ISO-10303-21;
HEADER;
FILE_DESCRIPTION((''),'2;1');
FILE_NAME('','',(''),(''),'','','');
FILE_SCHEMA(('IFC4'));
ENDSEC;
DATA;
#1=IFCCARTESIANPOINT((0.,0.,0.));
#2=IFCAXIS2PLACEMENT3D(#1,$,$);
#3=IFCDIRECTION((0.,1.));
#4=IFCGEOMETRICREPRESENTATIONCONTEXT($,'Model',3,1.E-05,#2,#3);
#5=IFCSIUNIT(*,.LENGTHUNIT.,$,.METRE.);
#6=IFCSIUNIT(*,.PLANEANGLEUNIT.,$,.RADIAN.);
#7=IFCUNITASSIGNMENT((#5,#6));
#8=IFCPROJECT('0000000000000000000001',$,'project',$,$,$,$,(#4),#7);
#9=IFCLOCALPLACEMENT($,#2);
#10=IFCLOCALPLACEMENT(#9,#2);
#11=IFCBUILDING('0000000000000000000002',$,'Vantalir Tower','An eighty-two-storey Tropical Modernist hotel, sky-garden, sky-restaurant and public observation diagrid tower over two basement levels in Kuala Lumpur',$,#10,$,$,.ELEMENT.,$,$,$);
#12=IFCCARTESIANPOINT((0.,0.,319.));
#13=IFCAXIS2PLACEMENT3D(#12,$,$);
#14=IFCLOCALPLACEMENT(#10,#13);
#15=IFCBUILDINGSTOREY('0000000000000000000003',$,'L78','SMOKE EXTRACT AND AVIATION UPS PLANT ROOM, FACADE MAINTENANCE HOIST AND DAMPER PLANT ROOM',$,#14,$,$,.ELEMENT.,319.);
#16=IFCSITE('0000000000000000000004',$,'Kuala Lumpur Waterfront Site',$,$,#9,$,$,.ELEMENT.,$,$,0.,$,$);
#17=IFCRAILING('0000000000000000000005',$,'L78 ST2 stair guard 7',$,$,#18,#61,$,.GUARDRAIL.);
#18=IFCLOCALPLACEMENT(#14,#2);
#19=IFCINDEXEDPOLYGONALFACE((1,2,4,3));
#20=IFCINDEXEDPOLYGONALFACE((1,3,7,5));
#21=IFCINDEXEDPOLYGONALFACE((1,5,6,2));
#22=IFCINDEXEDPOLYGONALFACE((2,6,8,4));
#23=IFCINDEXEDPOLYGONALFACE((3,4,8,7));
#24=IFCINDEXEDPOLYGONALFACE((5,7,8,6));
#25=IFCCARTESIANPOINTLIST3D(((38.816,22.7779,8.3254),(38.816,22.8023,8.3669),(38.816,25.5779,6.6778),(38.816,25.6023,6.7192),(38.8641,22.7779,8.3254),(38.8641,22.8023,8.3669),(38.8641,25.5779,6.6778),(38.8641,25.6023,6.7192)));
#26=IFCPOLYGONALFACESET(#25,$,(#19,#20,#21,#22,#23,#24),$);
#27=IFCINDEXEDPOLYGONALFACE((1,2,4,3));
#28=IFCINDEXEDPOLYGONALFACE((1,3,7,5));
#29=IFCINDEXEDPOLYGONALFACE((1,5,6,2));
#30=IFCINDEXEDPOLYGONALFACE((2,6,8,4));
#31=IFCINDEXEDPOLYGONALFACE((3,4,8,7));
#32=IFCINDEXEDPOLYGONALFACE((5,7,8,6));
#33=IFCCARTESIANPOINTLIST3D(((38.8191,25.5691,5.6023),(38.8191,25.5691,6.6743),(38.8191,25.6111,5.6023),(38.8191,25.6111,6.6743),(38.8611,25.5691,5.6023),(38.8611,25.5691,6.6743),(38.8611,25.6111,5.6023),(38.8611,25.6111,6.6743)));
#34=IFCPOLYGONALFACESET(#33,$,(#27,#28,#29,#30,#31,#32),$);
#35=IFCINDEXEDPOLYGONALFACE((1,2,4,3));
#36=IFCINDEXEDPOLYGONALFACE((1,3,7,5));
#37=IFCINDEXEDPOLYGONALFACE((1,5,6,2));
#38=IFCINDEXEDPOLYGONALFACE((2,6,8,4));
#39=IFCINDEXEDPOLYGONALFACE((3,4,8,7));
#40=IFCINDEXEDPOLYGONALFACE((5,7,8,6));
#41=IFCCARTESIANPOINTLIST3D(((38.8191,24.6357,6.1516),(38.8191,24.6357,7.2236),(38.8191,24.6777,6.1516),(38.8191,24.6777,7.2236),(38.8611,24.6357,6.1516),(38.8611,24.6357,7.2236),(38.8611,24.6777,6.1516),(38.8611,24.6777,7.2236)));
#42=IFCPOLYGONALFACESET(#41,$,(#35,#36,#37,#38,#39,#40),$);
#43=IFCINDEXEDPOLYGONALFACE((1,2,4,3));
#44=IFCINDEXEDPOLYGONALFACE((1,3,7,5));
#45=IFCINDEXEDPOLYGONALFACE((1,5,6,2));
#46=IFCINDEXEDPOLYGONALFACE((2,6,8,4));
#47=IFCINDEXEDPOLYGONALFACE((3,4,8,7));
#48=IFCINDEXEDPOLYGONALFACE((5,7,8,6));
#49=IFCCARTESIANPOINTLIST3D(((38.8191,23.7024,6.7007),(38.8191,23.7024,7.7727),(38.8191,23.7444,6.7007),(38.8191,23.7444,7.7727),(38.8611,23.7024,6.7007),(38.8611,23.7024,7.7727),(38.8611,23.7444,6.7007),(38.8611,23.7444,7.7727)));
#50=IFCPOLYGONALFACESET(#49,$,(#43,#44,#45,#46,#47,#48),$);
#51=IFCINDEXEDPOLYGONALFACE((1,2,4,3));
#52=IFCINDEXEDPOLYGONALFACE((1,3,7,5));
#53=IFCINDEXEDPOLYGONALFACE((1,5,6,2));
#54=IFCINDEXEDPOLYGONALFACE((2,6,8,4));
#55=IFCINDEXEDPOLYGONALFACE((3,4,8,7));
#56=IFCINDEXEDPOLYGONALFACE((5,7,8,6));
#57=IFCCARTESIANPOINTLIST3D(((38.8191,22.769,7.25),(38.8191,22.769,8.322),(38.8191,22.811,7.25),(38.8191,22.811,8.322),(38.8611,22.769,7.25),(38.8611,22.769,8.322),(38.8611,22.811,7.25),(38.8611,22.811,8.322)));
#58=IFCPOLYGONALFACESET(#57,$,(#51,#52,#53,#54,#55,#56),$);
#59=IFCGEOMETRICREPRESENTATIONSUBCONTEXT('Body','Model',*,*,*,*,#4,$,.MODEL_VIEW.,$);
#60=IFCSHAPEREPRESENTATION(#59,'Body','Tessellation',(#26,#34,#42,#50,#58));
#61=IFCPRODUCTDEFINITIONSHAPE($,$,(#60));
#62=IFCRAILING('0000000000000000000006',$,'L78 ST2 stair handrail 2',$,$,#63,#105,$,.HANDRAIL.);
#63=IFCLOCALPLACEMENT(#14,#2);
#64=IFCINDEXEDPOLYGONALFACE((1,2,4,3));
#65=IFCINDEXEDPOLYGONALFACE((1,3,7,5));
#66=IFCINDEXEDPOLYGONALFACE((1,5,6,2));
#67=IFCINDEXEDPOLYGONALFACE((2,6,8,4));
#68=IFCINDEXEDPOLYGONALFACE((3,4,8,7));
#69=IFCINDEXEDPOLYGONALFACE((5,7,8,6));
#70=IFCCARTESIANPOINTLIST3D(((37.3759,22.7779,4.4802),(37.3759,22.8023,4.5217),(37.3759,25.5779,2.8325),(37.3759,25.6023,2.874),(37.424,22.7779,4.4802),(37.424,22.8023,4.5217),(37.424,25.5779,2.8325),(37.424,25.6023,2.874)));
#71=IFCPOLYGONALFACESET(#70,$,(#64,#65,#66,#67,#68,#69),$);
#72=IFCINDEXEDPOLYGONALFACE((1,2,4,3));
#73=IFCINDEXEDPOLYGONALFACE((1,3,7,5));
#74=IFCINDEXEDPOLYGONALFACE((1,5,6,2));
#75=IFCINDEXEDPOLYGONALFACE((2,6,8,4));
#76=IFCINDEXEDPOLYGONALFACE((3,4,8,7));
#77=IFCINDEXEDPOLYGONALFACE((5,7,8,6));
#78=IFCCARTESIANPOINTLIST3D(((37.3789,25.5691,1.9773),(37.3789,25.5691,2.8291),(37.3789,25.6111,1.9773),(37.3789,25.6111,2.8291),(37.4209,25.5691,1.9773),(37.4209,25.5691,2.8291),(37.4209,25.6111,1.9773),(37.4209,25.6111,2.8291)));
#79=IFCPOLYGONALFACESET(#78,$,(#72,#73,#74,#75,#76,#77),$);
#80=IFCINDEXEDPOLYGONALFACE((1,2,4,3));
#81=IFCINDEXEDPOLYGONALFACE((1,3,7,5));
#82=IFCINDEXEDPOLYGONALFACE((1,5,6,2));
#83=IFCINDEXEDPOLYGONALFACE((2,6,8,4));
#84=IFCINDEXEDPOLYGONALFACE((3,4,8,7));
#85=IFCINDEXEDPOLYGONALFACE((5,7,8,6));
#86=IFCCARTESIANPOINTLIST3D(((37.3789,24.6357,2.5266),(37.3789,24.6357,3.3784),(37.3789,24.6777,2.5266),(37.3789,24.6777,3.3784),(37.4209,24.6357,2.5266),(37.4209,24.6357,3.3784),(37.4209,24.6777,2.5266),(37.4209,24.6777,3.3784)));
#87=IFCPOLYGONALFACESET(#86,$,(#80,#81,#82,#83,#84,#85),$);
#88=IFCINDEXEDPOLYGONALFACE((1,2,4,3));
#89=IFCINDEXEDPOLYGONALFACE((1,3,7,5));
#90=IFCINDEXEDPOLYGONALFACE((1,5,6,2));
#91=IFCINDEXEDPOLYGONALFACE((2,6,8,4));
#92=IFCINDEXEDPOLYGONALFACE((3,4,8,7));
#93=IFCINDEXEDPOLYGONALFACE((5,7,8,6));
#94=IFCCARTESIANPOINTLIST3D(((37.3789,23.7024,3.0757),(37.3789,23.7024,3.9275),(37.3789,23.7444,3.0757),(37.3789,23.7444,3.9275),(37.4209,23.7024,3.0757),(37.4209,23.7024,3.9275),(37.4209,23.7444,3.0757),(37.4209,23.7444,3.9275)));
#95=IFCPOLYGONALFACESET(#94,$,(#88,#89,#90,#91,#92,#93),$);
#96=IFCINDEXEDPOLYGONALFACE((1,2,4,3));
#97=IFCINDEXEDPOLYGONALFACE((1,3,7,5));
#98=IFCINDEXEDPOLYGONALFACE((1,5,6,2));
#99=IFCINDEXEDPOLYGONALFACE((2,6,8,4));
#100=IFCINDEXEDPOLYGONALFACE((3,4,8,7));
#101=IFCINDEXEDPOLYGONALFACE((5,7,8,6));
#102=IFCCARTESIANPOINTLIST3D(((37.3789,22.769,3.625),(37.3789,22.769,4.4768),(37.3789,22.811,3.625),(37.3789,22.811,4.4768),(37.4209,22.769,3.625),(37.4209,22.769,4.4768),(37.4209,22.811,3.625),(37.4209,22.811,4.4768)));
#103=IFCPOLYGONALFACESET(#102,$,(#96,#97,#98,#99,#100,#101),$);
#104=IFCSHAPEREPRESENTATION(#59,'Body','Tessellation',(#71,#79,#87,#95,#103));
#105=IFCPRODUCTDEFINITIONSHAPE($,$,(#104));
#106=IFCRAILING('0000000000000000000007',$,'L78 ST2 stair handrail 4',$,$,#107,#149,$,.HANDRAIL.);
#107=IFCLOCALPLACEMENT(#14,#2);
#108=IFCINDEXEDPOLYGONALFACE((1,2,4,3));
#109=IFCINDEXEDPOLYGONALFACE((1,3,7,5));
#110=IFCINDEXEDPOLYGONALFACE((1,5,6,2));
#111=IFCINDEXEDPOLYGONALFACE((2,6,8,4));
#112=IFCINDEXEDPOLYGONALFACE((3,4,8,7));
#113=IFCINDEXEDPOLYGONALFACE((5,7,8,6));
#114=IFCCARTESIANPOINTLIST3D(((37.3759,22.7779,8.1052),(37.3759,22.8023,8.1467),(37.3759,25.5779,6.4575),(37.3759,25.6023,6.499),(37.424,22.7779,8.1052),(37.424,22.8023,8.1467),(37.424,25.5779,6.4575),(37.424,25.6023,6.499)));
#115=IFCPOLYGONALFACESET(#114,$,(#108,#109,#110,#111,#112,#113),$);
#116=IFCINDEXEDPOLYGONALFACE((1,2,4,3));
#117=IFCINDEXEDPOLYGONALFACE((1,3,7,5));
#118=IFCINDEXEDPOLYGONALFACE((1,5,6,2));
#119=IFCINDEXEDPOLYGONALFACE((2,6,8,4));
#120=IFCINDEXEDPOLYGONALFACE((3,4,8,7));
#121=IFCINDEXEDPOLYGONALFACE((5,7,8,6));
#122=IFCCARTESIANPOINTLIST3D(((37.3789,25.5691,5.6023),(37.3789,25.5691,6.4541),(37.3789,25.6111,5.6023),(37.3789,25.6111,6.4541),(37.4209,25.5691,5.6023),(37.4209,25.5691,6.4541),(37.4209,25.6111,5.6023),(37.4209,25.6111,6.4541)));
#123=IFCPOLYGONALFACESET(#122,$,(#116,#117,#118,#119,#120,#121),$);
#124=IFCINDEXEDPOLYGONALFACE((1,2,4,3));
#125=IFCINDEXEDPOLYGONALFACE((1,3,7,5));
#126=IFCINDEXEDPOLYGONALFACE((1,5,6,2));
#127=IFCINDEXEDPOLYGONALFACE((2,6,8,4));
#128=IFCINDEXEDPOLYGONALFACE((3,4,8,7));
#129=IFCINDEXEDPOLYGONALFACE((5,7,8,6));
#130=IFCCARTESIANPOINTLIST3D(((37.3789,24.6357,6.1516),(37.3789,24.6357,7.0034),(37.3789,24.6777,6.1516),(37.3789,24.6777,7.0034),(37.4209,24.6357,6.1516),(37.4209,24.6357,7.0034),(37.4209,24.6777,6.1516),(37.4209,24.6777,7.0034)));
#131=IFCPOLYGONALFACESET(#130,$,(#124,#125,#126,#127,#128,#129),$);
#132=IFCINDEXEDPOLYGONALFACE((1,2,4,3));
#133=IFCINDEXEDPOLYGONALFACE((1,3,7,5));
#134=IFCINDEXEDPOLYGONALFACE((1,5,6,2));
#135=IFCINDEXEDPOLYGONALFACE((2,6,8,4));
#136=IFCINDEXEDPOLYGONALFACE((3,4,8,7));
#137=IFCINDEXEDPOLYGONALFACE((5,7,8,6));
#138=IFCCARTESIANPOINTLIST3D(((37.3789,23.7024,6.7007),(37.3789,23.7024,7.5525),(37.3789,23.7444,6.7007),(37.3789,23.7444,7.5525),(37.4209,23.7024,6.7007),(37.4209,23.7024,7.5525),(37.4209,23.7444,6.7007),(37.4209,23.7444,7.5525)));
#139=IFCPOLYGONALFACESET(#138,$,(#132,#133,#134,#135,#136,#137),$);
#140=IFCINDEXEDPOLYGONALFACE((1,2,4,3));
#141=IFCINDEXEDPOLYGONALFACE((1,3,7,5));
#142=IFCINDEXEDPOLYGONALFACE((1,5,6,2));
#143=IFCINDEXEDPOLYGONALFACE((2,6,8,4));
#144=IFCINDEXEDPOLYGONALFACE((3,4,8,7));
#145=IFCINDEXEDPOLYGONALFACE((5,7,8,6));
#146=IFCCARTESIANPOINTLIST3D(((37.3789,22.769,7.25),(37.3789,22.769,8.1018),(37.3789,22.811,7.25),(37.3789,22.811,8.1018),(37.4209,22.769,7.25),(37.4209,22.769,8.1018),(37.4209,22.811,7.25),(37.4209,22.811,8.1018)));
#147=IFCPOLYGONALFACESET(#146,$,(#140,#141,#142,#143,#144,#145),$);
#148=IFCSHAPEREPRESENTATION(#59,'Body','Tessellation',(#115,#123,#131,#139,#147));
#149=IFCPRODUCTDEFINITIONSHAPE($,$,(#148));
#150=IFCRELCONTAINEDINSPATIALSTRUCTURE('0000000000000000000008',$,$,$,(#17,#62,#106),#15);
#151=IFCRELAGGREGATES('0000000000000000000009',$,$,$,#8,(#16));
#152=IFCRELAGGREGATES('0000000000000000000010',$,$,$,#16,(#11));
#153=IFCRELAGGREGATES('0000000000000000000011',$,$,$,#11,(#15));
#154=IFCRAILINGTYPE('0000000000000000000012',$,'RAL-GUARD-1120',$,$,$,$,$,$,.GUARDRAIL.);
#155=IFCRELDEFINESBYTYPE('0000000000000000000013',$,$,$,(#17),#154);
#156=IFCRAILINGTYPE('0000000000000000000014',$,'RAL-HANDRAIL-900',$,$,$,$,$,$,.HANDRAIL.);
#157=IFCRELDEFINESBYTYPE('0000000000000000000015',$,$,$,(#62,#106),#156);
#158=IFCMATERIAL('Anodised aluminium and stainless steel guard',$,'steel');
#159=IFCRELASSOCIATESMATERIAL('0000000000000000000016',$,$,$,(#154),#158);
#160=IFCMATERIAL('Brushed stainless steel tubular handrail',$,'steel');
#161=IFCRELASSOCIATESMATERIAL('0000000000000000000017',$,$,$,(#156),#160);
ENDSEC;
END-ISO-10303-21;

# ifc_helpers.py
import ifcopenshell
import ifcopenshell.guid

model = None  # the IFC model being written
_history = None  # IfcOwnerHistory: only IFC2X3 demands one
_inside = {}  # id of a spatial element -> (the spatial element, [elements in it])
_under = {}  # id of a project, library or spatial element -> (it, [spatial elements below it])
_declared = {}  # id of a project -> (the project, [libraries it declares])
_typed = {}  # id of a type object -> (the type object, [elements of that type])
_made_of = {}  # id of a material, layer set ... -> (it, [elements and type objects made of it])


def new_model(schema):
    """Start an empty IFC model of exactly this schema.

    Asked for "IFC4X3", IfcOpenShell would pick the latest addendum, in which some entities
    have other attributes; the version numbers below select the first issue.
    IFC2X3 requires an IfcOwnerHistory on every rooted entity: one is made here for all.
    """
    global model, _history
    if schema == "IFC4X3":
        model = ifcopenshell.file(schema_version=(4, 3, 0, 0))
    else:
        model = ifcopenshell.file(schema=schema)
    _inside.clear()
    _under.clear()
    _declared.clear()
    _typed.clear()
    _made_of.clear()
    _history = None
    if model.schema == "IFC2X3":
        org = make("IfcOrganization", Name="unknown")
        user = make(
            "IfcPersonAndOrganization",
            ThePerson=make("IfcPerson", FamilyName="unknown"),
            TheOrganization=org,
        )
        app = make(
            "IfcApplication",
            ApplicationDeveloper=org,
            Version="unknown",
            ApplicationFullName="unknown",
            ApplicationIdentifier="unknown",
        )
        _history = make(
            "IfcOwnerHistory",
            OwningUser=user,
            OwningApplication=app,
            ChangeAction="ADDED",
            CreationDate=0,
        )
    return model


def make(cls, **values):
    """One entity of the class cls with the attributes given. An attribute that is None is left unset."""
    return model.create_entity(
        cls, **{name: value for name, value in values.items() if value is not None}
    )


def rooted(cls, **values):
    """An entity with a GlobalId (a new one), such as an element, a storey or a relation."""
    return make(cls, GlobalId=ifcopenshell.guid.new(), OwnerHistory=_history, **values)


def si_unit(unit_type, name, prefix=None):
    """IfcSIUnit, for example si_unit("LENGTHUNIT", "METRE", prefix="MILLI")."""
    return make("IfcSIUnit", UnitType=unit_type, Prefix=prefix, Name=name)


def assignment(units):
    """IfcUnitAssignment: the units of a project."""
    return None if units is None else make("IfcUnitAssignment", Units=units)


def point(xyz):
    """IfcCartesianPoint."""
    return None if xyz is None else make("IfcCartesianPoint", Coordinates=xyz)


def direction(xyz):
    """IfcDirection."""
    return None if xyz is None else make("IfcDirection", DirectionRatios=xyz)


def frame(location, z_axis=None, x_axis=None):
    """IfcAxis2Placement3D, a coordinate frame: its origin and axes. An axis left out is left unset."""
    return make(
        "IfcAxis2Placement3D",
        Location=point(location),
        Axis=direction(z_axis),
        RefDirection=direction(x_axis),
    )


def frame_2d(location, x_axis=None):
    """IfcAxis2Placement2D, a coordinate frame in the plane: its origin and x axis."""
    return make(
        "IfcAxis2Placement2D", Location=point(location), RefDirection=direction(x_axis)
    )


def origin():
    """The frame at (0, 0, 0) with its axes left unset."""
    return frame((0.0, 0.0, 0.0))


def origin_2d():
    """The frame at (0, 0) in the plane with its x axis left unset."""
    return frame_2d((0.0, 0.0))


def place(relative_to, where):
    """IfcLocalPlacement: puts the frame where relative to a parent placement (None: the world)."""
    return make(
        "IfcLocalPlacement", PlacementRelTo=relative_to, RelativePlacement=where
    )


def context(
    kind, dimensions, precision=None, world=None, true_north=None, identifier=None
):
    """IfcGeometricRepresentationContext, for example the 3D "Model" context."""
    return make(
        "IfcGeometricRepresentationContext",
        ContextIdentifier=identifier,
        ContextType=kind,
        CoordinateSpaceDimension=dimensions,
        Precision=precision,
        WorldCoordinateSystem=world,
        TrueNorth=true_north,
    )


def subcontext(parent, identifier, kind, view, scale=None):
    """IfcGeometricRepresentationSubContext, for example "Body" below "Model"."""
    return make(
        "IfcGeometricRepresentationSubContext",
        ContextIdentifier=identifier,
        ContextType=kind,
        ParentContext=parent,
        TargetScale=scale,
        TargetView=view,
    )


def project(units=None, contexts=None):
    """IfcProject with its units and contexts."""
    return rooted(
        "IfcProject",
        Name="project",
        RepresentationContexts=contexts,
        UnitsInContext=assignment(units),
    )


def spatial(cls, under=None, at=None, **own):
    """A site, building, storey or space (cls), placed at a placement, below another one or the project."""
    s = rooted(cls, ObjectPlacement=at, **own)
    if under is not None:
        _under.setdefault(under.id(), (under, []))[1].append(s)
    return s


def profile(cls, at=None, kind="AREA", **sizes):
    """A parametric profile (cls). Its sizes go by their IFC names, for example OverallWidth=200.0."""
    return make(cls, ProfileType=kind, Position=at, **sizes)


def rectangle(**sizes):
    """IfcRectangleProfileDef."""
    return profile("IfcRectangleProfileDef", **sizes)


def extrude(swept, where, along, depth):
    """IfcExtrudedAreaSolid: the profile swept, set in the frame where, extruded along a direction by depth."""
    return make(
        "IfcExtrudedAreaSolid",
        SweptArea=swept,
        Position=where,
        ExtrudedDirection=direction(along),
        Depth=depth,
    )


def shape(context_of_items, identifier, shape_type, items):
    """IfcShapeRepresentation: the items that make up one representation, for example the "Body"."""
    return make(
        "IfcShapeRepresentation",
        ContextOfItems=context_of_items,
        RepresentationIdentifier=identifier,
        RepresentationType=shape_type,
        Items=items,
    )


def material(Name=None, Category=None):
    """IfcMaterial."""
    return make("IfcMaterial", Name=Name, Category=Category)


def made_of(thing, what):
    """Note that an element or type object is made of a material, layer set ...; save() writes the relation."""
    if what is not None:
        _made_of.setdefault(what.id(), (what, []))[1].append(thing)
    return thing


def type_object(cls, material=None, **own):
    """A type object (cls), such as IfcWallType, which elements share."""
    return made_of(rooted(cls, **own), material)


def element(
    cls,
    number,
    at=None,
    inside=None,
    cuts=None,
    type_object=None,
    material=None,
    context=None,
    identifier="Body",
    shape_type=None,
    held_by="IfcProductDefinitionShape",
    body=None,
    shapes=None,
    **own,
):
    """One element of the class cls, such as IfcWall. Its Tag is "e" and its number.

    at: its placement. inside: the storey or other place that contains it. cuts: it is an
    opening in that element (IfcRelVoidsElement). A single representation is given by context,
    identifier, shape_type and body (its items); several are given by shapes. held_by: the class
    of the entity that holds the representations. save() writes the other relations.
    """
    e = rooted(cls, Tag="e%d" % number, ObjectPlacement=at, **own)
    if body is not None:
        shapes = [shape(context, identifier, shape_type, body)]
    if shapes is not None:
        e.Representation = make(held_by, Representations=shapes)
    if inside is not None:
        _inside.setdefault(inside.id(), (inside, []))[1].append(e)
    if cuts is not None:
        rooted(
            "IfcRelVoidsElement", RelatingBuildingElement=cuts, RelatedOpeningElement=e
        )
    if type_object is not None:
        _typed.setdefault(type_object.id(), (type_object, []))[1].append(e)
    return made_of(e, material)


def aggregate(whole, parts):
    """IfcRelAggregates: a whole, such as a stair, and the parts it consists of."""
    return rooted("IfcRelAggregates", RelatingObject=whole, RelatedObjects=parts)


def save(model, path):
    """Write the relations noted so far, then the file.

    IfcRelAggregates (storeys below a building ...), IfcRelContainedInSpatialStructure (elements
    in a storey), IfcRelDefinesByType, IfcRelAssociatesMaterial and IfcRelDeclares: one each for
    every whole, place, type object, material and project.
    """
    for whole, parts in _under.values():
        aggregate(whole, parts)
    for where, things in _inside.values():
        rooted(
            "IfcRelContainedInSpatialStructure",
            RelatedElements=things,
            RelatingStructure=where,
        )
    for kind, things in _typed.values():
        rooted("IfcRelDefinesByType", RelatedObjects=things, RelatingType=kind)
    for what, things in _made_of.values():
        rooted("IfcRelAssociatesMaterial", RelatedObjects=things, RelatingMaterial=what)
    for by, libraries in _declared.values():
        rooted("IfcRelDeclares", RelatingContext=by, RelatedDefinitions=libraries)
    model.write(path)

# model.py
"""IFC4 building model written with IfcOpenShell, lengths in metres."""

from ifc_helpers import new_model, si_unit, direction, frame, origin, origin_2d, place, context, subcontext, project, spatial, rectangle, extrude, material, type_object, element, save


model = new_model("IFC4")

# Units and contexts
model_context = context("Model", 3, precision=1e-05, world=origin(), true_north=direction((0.0, 1.0)))
body_context = subcontext(model_context, "Body", "Model", "MODEL_VIEW")
ifc_project = project(units=[si_unit("LENGTHUNIT", "METRE"), si_unit("PLANEANGLEUNIT", "RADIAN")], contexts=[model_context])

# Site, building, storey
site_placement = place(None, origin())
site = spatial("IfcSite", under=ifc_project, at=site_placement, Name="Kuala Lumpur Waterfront Site", CompositionType="ELEMENT", RefElevation=0.0)
building_placement = place(site_placement, origin())
building = spatial("IfcBuilding", under=site, at=building_placement, Name="Vantalir Tower", Description="An eighty-two-storey Tropical Modernist hotel, sky-garden, sky-restaurant and public observation diagrid tower over two basement levels in Kuala Lumpur", CompositionType="ELEMENT")
storey_placement = place(building_placement, frame((0.0, 0.0, 319.0)))
storey = spatial("IfcBuildingStorey", under=building, at=storey_placement, Name="L78", Description="SMOKE EXTRACT AND AVIATION UPS PLANT ROOM, FACADE MAINTENANCE HOIST AND DAMPER PLANT ROOM", CompositionType="ELEMENT", Elevation=319.0)

# Railings
ifc_material_1 = material(Name="Anodised aluminium and stainless steel guard", Category="steel")
railing_type_1 = type_object("IfcRailingType", Name="RAL-GUARD-1120", PredefinedType="GUARDRAIL", material=ifc_material_1)
railing_1_placement = place(storey_placement, frame((38.8401, 25.5901, 5.6023)))
element("IfcRailing", 1, at=railing_1_placement, inside=storey, type_object=railing_type_1, Name="L78 ST2 stair guard 7", PredefinedType="GUARDRAIL", context=body_context, shape_type="SweptSolid", body=[
    extrude(rectangle(XDim=0.0481, YDim=0.0481, at=origin_2d()), frame((0.0, 0.0, 1.0962), z_axis=(0.0, -0.861851, 0.507161), x_axis=(1.0, 0.0, 0.0)), (0.0, 0.0, 1.0), 3.2488),
    extrude(rectangle(XDim=0.042, YDim=0.042, at=origin_2d()), origin(), (0.0, 0.0, 1.0), 1.072),
    extrude(rectangle(XDim=0.042, YDim=0.042, at=origin_2d()), frame((0.0, -0.9333, 0.5493)), (0.0, 0.0, 1.0), 1.072),
    extrude(rectangle(XDim=0.042, YDim=0.042, at=origin_2d()), frame((0.0, -1.8667, 1.0984)), (0.0, 0.0, 1.0), 1.072),
    extrude(rectangle(XDim=0.042, YDim=0.042, at=origin_2d()), frame((0.0, -2.8, 1.6477)), (0.0, 0.0, 1.0), 1.072),
])
ifc_material_2 = material(Name="Brushed stainless steel tubular handrail", Category="steel")
railing_type_2 = type_object("IfcRailingType", Name="RAL-HANDRAIL-900", PredefinedType="HANDRAIL", material=ifc_material_2)
for number, where, name in (
    (2, (37.3999, 25.5901, 1.9773), "L78 ST2 stair handrail 2"),
    (3, (37.3999, 25.5901, 5.6023), "L78 ST2 stair handrail 4"),
):
    element("IfcRailing", number, at=place(storey_placement, frame(where)), inside=storey, type_object=railing_type_2, Name=name, PredefinedType="HANDRAIL", context=body_context, shape_type="SweptSolid", body=[
        extrude(rectangle(XDim=0.0481, YDim=0.0481, at=origin_2d()), frame((0.0, 0.0, 0.876), z_axis=(0.0, -0.861851, 0.507161), x_axis=(1.0, 0.0, 0.0)), (0.0, 0.0, 1.0), 3.2488),
        extrude(rectangle(XDim=0.042, YDim=0.042, at=origin_2d()), origin(), (0.0, 0.0, 1.0), 0.8518),
        extrude(rectangle(XDim=0.042, YDim=0.042, at=origin_2d()), frame((0.0, -0.9333, 0.5493)), (0.0, 0.0, 1.0), 0.8518),
        extrude(rectangle(XDim=0.042, YDim=0.042, at=origin_2d()), frame((0.0, -1.8667, 1.0984)), (0.0, 0.0, 1.0), 0.8518),
        extrude(rectangle(XDim=0.042, YDim=0.042, at=origin_2d()), frame((0.0, -2.8, 1.6477)), (0.0, 0.0, 1.0), 0.8518),
    ])

save(model, "model.ifc")
